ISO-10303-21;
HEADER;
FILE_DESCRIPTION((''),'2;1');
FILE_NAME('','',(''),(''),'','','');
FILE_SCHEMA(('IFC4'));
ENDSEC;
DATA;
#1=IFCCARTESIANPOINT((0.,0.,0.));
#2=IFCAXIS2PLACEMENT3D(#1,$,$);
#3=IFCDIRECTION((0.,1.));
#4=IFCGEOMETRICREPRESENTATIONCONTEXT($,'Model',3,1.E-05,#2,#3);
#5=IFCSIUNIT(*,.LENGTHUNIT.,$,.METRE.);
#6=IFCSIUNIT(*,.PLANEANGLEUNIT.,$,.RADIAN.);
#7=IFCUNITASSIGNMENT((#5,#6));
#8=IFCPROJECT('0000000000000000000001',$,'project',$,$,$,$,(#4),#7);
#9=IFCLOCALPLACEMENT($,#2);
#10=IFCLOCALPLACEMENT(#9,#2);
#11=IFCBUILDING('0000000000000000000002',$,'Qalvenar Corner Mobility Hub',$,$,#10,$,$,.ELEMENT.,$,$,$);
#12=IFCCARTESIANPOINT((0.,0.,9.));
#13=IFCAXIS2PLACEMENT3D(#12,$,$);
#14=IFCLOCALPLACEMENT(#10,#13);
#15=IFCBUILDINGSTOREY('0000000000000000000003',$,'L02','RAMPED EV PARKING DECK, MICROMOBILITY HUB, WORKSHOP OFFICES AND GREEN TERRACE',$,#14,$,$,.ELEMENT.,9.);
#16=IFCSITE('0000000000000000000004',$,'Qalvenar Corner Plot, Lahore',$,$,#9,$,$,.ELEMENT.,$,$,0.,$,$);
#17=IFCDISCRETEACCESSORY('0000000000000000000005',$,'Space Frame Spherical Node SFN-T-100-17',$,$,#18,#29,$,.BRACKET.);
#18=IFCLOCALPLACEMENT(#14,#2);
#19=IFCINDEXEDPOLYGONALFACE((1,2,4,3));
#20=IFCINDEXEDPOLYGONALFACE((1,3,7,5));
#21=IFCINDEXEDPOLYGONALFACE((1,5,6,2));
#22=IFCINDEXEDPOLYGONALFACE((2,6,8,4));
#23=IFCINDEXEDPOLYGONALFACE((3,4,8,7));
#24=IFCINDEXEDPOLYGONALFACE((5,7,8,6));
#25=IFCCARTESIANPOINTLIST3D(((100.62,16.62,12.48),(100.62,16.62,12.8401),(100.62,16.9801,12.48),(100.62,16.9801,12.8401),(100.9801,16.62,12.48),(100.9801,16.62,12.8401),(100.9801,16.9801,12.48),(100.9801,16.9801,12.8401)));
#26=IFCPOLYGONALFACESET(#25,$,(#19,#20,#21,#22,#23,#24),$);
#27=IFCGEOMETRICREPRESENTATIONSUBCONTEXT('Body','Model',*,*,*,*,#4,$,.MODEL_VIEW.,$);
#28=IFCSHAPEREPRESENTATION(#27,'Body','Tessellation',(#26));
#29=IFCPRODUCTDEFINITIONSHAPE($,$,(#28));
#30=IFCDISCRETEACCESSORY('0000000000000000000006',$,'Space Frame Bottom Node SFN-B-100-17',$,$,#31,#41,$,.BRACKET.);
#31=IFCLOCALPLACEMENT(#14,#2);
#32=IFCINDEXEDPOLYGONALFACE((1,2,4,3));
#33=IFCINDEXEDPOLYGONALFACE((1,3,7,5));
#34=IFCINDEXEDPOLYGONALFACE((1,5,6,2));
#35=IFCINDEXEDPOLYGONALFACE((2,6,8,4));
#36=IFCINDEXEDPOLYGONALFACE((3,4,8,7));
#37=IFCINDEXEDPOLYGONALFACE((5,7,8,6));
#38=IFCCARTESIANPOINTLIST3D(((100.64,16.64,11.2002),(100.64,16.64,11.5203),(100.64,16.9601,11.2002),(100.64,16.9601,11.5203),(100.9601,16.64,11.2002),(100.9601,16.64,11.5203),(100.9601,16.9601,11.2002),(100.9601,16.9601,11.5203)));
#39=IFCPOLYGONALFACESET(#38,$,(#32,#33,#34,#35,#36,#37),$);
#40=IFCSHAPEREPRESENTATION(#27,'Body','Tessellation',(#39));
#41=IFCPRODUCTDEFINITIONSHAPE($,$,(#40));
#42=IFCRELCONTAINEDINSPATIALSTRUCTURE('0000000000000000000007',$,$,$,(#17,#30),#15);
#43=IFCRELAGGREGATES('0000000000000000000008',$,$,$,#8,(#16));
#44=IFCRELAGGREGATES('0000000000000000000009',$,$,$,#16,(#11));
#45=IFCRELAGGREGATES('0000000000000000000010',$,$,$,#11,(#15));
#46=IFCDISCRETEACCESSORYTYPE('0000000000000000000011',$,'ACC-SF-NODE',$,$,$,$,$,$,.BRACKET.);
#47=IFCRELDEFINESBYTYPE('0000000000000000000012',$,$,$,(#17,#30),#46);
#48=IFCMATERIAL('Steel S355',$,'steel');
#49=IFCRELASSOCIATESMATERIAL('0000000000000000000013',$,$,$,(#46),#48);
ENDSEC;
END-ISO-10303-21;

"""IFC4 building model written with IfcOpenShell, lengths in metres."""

from ifc_helpers import new_model, si_unit, direction, frame, origin, origin_2d, place, context, subcontext, project, spatial, rectangle, extrude, material, type_object, element, save


model = new_model("IFC4")

# Units and contexts
model_context = context("Model", 3, precision=1e-05, world=origin(), true_north=direction((0.0, 1.0)))
body_context = subcontext(model_context, "Body", "Model", "MODEL_VIEW")
ifc_project = project(units=[si_unit("LENGTHUNIT", "METRE"), si_unit("PLANEANGLEUNIT", "RADIAN")], contexts=[model_context])

# Site, building, storey
site_placement = place(None, origin())
site = spatial("IfcSite", under=ifc_project, at=site_placement, Name="Qalvenar Corner Plot, Lahore", CompositionType="ELEMENT", RefElevation=0.0)
building_placement = place(site_placement, origin())
building = spatial("IfcBuilding", under=site, at=building_placement, Name="Qalvenar Corner Mobility Hub", CompositionType="ELEMENT")
storey_placement = place(building_placement, frame((0.0, 0.0, 9.0)))
storey = spatial("IfcBuildingStorey", under=building, at=storey_placement, Name="L02", Description="RAMPED EV PARKING DECK, MICROMOBILITY HUB, WORKSHOP OFFICES AND GREEN TERRACE", CompositionType="ELEMENT", Elevation=9.0)

# Discrete accessories
ifc_material_1 = material(Name="Steel S355", Category="steel")
discrete_accessory_type = type_object("IfcDiscreteAccessoryType", Name="ACC-SF-NODE", PredefinedType="BRACKET", material=ifc_material_1)
discrete_accessory_1_placement = place(storey_placement, frame((100.8, 16.8, 12.48), z_axis=(0.0, 0.0, 1.0), x_axis=(1.0, 0.0, 0.0)))
element("IfcDiscreteAccessory", 1, at=discrete_accessory_1_placement, inside=storey, type_object=discrete_accessory_type, Name="Space Frame Spherical Node SFN-T-100-17", PredefinedType="BRACKET", context=body_context, shape_type="SweptSolid", body=[
    extrude(rectangle(XDim=0.3601, YDim=0.3601, at=origin_2d()), origin(), (0.0, 0.0, 1.0), 0.3601),
])
discrete_accessory_2_placement = place(storey_placement, frame((100.8, 16.8, 11.2002), z_axis=(0.0, 0.0, 1.0), x_axis=(1.0, 0.0, 0.0)))
element("IfcDiscreteAccessory", 2, at=discrete_accessory_2_placement, inside=storey, type_object=discrete_accessory_type, Name="Space Frame Bottom Node SFN-B-100-17", PredefinedType="BRACKET", context=body_context, shape_type="SweptSolid", body=[
    extrude(rectangle(XDim=0.3201, YDim=0.3201, at=origin_2d()), origin(), (0.0, 0.0, 1.0), 0.3201),
])

save(model, "model.ifc")
